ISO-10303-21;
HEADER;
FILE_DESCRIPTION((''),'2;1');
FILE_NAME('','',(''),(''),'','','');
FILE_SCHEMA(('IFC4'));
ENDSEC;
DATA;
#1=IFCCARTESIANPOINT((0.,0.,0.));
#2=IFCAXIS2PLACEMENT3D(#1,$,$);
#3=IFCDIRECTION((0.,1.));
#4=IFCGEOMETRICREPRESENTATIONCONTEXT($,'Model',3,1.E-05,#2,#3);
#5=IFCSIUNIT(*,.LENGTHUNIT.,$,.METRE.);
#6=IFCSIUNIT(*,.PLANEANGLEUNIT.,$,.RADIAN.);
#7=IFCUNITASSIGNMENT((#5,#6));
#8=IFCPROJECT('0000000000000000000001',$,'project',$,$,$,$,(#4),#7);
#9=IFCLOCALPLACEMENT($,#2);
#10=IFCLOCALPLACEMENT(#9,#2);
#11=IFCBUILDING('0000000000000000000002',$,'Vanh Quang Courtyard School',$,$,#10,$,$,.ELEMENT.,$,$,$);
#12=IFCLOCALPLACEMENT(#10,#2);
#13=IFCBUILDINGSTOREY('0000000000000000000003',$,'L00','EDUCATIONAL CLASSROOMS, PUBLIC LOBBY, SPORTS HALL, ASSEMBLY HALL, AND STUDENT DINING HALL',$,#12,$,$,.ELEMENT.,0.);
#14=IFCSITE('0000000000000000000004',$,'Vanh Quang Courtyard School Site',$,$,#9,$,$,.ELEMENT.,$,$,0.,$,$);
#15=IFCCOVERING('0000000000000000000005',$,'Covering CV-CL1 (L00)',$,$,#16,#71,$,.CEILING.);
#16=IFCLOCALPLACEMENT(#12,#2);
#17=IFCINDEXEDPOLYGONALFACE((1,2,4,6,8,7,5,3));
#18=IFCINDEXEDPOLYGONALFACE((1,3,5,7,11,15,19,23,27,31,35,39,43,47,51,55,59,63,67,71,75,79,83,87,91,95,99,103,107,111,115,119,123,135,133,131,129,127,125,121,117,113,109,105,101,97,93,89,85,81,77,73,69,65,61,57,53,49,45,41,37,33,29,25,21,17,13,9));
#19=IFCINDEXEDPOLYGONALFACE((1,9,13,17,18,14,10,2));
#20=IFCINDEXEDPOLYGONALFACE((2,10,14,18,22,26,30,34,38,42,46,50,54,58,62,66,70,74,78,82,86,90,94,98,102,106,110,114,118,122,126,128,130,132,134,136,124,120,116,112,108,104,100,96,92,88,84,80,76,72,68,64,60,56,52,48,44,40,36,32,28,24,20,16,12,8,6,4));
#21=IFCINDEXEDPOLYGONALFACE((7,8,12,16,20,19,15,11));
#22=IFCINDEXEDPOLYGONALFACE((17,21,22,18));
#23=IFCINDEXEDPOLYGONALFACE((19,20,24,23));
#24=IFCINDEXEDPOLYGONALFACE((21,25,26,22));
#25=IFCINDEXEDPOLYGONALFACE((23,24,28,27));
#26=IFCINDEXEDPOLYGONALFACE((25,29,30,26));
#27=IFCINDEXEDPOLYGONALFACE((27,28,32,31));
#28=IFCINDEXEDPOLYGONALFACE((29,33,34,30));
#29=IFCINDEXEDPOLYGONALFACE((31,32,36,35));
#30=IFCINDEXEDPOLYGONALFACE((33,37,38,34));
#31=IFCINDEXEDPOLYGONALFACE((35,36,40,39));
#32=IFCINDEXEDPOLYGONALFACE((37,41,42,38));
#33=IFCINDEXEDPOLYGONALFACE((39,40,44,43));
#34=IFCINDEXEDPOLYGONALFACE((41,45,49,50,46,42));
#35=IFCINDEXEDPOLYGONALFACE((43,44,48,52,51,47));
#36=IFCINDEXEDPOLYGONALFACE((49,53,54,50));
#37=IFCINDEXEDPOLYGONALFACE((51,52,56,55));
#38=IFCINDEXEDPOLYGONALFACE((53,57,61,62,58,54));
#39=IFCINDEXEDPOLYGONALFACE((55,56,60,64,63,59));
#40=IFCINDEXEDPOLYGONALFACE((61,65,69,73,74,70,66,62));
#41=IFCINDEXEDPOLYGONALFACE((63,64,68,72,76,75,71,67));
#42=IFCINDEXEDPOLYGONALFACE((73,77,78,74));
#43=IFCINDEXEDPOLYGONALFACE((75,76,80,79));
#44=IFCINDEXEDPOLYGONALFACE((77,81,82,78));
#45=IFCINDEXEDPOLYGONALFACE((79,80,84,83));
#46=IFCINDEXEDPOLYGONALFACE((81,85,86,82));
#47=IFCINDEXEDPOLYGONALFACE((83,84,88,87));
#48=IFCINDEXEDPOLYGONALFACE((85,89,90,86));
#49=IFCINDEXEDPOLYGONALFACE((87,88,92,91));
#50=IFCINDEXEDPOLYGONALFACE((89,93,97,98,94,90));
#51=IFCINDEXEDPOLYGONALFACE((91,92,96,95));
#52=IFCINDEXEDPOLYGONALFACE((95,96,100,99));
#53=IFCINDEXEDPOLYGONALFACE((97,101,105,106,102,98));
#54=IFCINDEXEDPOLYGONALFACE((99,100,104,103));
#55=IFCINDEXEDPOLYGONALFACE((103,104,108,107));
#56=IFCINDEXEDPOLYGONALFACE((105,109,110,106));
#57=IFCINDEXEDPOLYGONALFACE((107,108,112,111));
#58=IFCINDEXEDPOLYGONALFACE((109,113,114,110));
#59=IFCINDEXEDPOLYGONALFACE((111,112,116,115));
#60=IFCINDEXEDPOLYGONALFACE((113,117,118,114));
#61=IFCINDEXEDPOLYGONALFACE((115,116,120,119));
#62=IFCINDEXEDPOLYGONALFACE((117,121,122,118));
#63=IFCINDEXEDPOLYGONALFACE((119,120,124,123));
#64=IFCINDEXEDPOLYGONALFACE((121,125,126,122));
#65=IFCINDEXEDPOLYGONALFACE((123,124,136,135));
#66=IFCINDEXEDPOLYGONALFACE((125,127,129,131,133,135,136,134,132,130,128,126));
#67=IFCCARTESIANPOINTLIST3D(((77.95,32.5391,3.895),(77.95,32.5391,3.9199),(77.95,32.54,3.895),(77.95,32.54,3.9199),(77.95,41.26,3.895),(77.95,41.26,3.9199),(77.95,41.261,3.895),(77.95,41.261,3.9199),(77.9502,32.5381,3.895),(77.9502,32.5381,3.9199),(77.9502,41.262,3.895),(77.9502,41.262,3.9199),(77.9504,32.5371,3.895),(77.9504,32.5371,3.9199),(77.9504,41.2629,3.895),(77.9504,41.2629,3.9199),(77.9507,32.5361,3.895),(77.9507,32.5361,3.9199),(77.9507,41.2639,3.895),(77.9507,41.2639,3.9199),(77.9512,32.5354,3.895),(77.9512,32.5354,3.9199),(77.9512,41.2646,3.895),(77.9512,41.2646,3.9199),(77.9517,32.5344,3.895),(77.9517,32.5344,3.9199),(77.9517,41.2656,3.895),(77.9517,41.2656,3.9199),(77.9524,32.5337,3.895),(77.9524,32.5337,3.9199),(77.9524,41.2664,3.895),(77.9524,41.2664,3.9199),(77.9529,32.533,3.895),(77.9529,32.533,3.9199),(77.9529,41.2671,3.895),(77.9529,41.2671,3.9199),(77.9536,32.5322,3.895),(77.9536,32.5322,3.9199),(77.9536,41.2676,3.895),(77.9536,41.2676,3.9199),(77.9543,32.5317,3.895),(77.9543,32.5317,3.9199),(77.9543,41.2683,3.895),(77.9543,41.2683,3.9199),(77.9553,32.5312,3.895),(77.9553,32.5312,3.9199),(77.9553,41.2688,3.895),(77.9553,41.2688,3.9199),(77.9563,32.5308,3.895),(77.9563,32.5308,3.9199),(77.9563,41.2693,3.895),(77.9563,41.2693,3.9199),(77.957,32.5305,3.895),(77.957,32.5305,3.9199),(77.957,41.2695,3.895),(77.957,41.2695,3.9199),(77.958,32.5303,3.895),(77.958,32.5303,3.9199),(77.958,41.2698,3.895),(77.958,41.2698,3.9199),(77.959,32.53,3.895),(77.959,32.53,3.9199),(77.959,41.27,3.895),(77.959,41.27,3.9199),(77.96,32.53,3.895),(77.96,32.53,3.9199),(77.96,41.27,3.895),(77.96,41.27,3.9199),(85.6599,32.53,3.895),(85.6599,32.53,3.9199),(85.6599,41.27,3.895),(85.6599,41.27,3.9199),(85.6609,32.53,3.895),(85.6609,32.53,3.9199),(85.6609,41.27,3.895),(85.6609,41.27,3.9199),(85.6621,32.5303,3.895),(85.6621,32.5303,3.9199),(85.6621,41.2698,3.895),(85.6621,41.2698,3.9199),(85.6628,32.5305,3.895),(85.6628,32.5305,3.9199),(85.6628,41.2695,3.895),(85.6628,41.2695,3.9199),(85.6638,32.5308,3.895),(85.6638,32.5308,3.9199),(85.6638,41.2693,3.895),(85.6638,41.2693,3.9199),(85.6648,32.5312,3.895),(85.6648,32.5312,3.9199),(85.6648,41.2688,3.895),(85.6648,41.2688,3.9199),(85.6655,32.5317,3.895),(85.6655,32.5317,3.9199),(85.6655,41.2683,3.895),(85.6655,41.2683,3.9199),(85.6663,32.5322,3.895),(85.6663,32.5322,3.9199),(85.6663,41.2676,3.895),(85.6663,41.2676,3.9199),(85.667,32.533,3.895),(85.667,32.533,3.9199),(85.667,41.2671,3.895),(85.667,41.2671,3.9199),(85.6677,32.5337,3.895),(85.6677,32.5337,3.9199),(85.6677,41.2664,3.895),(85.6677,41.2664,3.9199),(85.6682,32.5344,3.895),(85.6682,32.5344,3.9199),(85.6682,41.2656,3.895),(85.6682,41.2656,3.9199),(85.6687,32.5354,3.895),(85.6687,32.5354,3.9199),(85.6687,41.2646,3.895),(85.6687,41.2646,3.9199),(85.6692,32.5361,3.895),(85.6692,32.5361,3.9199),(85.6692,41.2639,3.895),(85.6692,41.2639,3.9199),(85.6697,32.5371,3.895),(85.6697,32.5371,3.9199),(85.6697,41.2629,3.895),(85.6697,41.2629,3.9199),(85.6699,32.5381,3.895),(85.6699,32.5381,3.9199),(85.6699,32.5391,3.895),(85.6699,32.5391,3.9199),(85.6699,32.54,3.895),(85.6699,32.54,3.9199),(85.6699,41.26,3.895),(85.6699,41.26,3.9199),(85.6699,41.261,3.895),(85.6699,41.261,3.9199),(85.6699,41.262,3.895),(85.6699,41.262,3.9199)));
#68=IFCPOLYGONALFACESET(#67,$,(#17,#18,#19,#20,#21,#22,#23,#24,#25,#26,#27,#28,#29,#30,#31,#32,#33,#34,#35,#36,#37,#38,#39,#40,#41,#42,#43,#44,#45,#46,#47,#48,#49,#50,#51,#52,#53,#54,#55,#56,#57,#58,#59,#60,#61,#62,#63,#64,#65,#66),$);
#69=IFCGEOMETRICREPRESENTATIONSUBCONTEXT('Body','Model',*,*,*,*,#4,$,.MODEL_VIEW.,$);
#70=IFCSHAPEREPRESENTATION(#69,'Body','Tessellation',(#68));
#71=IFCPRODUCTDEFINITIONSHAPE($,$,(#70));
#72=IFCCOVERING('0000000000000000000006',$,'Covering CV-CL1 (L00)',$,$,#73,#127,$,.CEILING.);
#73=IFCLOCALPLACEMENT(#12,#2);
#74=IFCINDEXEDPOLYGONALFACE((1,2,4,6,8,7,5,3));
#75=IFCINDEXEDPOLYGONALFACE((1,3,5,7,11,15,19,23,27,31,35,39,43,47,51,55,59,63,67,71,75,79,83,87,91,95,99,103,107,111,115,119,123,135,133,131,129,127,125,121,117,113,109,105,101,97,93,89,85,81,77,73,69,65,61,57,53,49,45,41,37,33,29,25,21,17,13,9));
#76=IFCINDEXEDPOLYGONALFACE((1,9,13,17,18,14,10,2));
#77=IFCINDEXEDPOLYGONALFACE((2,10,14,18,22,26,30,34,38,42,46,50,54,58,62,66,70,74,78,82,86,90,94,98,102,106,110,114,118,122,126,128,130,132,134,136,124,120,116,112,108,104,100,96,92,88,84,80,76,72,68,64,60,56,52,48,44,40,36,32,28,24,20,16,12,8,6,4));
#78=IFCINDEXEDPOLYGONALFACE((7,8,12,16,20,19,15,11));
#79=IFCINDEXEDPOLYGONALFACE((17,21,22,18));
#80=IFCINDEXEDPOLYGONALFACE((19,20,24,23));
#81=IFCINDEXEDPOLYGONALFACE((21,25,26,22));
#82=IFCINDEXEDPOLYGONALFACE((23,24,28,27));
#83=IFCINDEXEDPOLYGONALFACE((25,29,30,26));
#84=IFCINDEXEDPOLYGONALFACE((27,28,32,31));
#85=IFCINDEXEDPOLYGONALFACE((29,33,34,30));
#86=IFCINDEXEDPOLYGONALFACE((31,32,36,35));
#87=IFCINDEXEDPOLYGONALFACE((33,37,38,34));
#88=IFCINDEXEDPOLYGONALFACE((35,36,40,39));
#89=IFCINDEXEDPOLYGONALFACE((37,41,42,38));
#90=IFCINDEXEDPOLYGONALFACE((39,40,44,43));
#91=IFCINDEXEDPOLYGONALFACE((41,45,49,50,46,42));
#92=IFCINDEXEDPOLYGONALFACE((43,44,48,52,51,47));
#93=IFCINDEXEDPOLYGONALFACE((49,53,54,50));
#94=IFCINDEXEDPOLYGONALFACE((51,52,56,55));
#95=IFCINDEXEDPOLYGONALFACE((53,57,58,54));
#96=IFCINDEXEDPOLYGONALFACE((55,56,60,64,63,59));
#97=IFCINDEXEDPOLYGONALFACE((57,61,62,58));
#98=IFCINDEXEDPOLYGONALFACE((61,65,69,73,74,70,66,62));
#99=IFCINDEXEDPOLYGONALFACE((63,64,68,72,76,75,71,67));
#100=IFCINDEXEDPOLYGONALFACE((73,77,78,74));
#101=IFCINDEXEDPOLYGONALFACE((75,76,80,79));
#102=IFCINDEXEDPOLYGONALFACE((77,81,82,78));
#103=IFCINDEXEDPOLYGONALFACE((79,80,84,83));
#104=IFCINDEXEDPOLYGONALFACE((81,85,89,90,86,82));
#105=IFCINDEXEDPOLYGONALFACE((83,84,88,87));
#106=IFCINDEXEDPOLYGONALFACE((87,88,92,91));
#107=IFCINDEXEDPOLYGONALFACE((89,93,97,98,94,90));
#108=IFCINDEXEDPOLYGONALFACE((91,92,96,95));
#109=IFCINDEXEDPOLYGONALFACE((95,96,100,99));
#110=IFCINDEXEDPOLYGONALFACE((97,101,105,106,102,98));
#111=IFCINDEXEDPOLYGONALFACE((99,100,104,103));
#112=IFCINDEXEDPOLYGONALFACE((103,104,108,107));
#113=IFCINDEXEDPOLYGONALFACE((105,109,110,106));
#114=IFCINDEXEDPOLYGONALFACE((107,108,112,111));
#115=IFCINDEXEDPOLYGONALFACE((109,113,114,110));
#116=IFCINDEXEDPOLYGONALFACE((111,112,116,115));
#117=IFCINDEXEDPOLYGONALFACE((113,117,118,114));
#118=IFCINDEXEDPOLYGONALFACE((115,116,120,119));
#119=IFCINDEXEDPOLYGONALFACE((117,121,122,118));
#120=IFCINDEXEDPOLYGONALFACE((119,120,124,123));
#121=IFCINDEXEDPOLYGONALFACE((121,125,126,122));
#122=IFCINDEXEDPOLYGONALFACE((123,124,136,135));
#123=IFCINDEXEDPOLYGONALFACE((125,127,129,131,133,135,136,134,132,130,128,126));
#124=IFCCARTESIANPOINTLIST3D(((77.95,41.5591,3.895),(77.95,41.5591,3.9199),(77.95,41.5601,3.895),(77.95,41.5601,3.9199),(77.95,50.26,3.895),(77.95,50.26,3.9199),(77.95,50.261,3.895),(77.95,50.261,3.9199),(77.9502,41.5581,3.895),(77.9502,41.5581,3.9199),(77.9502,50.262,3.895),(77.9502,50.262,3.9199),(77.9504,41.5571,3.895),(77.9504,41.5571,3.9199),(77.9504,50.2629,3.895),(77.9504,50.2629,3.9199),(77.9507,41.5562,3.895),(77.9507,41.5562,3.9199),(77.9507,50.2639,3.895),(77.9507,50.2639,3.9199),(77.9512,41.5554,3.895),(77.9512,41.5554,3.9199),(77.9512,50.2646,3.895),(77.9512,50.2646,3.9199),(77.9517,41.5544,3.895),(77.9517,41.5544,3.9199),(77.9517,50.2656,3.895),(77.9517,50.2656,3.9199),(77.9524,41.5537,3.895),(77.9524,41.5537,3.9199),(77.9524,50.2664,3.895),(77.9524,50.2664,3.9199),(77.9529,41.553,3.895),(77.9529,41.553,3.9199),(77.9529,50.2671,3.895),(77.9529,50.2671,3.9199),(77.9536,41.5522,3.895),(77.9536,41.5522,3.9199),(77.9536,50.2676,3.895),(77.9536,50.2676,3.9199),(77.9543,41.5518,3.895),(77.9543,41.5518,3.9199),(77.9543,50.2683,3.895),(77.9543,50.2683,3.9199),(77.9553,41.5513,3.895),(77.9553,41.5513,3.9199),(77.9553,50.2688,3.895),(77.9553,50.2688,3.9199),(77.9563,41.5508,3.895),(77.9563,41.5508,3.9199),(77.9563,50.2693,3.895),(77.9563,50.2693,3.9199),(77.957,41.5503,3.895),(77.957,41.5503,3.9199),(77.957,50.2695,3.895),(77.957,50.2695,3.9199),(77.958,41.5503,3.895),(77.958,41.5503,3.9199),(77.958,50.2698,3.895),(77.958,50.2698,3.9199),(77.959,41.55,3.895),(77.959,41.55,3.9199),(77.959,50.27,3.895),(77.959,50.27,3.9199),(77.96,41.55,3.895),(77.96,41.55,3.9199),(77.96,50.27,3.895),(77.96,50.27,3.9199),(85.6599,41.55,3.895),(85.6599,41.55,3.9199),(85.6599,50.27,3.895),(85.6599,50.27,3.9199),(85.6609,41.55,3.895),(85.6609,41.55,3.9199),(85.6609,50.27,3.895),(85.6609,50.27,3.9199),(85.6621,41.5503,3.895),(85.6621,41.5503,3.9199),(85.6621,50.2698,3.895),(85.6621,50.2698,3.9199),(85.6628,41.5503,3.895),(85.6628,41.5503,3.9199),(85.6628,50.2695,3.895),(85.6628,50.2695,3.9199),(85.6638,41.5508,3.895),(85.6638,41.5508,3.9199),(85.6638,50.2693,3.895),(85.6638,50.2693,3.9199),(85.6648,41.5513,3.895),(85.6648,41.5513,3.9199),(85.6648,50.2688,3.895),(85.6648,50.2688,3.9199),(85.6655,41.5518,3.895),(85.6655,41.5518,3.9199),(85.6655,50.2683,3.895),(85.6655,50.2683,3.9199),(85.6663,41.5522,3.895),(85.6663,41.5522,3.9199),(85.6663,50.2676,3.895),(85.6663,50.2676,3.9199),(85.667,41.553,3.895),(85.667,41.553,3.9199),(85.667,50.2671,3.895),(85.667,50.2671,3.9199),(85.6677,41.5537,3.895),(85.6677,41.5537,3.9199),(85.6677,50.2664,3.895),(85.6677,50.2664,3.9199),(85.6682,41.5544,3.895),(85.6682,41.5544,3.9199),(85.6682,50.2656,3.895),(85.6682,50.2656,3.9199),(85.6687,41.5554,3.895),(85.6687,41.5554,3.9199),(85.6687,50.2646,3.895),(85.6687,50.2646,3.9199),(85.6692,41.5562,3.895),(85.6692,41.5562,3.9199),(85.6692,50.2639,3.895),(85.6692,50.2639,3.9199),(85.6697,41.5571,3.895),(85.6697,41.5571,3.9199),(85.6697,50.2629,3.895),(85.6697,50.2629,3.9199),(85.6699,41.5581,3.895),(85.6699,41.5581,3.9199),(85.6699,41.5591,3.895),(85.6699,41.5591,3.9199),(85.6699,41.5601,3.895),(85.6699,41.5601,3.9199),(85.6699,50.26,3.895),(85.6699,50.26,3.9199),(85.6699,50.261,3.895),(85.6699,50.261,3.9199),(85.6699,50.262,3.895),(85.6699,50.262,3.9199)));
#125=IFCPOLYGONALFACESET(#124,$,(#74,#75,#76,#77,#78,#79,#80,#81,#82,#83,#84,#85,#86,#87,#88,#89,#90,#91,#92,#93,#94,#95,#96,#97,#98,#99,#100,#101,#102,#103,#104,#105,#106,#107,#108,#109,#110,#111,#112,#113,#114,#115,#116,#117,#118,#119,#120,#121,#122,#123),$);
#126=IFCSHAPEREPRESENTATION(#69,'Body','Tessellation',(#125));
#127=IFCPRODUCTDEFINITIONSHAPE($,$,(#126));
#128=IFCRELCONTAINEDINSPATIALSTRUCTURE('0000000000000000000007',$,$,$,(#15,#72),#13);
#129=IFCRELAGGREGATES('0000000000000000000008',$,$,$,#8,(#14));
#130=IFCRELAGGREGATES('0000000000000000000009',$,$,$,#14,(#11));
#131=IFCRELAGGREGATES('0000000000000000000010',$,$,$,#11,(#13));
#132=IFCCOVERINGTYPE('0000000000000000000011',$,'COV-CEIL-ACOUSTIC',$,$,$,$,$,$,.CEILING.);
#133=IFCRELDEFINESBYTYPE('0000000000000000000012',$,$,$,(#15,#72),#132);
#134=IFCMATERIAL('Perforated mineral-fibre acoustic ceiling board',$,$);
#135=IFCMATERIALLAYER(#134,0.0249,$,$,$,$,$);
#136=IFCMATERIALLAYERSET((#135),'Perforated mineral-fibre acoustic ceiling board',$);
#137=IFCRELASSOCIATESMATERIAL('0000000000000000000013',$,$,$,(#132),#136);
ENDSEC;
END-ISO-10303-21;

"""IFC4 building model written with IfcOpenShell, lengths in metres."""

from ifc_helpers import new_model, si_unit, direction, frame, origin, place, context, subcontext, project, spatial, polyline, outline, extrude, material, layer, layer_set, type_object, element, save


model = new_model("IFC4")

# Units and contexts
model_context = context("Model", 3, precision=1e-05, world=origin(), true_north=direction((0.0, 1.0)))
body_context = subcontext(model_context, "Body", "Model", "MODEL_VIEW")
ifc_project = project(units=[si_unit("LENGTHUNIT", "METRE"), si_unit("PLANEANGLEUNIT", "RADIAN")], contexts=[model_context])

# Site, building, storey
site_placement = place(None, origin())
site = spatial("IfcSite", under=ifc_project, at=site_placement, Name="Vanh Quang Courtyard School Site", CompositionType="ELEMENT", RefElevation=0.0)
building_placement = place(site_placement, origin())
building = spatial("IfcBuilding", under=site, at=building_placement, Name="Vanh Quang Courtyard School", CompositionType="ELEMENT")
storey_placement = place(building_placement, origin())
storey = spatial("IfcBuildingStorey", under=building, at=storey_placement, Name="L00", Description="EDUCATIONAL CLASSROOMS, PUBLIC LOBBY, SPORTS HALL, ASSEMBLY HALL, AND STUDENT DINING HALL", CompositionType="ELEMENT", Elevation=0.0)

# Coverings
ifc_material_1 = material(Name="Perforated mineral-fibre acoustic ceiling board")
ifc_layer_1 = layer(ifc_material_1, 0.0249)
ifc_layer_set_1 = layer_set([ifc_layer_1], Name="Perforated mineral-fibre acoustic ceiling board")
covering_type = type_object("IfcCoveringType", Name="COV-CEIL-ACOUSTIC", PredefinedType="CEILING", material=ifc_layer_set_1)
covering_1_placement = place(storey_placement, frame((0.0, 0.0, 3.895)))
element("IfcCovering", 1, at=covering_1_placement, inside=storey, type_object=covering_type, Name="Covering CV-CL1 (L00)", PredefinedType="CEILING", context=body_context, shape_type="SweptSolid", body=[
    extrude(outline(polyline([(85.6599, 41.27), (85.6609, 41.27), (85.6621, 41.2698), (85.6628, 41.2695), (85.6638, 41.2693), (85.6648, 41.2688), (85.6655, 41.2683), (85.6663, 41.2676), (85.667, 41.2671), (85.6677, 41.2664), (85.6682, 41.2656), (85.6687, 41.2646), (85.6692, 41.2639), (85.6697, 41.2629), (85.6699, 41.262), (85.6699, 41.261), (85.6699, 41.26), (85.6699, 32.54), (85.6699, 32.5391), (85.6699, 32.5381), (85.6697, 32.5371), (85.6692, 32.5361), (85.6687, 32.5354), (85.6682, 32.5344), (85.6677, 32.5337), (85.667, 32.533), (85.6663, 32.5322), (85.6655, 32.5317), (85.6648, 32.5312), (85.6638, 32.5308), (85.6628, 32.5305), (85.6621, 32.5303), (85.6609, 32.53), (85.6599, 32.53), (77.96, 32.53), (77.959, 32.53), (77.958, 32.5303), (77.957, 32.5305), (77.9563, 32.5308), (77.9553, 32.5312), (77.9543, 32.5317), (77.9536, 32.5322), (77.9529, 32.533), (77.9524, 32.5337), (77.9517, 32.5344), (77.9512, 32.5354), (77.9507, 32.5361), (77.9504, 32.5371), (77.9502, 32.5381), (77.95, 32.5391), (77.95, 32.54), (77.95, 41.26), (77.95, 41.261), (77.9502, 41.262), (77.9504, 41.2629), (77.9507, 41.2639), (77.9512, 41.2646), (77.9517, 41.2656), (77.9524, 41.2664), (77.9529, 41.2671), (77.9536, 41.2676), (77.9543, 41.2683), (77.9553, 41.2688), (77.9563, 41.2693), (77.957, 41.2695), (77.958, 41.2698), (77.959, 41.27), (77.96, 41.27), (85.6599, 41.27)])), origin(), (0.0, 0.0, 1.0), 0.0249),
])
covering_2_placement = place(storey_placement, frame((0.0, 0.0, 3.895)))
element("IfcCovering", 2, at=covering_2_placement, inside=storey, type_object=covering_type, Name="Covering CV-CL1 (L00)", PredefinedType="CEILING", context=body_context, shape_type="SweptSolid", body=[
    extrude(outline(polyline([(77.96, 41.55), (77.959, 41.55), (77.958, 41.5503), (77.957, 41.5503), (77.9563, 41.5508), (77.9553, 41.5513), (77.9543, 41.5518), (77.9536, 41.5522), (77.9529, 41.553), (77.9524, 41.5537), (77.9517, 41.5544), (77.9512, 41.5554), (77.9507, 41.5562), (77.9504, 41.5571), (77.9502, 41.5581), (77.95, 41.5591), (77.95, 41.5601), (77.95, 50.26), (77.95, 50.261), (77.9502, 50.262), (77.9504, 50.2629), (77.9507, 50.2639), (77.9512, 50.2646), (77.9517, 50.2656), (77.9524, 50.2664), (77.9529, 50.2671), (77.9536, 50.2676), (77.9543, 50.2683), (77.9553, 50.2688), (77.9563, 50.2693), (77.957, 50.2695), (77.958, 50.2698), (77.959, 50.27), (77.96, 50.27), (85.6599, 50.27), (85.6609, 50.27), (85.6621, 50.2698), (85.6628, 50.2695), (85.6638, 50.2693), (85.6648, 50.2688), (85.6655, 50.2683), (85.6663, 50.2676), (85.667, 50.2671), (85.6677, 50.2664), (85.6682, 50.2656), (85.6687, 50.2646), (85.6692, 50.2639), (85.6697, 50.2629), (85.6699, 50.262), (85.6699, 50.261), (85.6699, 50.26), (85.6699, 41.5601), (85.6699, 41.5591), (85.6699, 41.5581), (85.6697, 41.5571), (85.6692, 41.5562), (85.6687, 41.5554), (85.6682, 41.5544), (85.6677, 41.5537), (85.667, 41.553), (85.6663, 41.5522), (85.6655, 41.5518), (85.6648, 41.5513), (85.6638, 41.5508), (85.6628, 41.5503), (85.6621, 41.5503), (85.6609, 41.55), (85.6599, 41.55), (77.96, 41.55)])), origin(), (0.0, 0.0, 1.0), 0.0249),
])

save(model, "model.ifc")
